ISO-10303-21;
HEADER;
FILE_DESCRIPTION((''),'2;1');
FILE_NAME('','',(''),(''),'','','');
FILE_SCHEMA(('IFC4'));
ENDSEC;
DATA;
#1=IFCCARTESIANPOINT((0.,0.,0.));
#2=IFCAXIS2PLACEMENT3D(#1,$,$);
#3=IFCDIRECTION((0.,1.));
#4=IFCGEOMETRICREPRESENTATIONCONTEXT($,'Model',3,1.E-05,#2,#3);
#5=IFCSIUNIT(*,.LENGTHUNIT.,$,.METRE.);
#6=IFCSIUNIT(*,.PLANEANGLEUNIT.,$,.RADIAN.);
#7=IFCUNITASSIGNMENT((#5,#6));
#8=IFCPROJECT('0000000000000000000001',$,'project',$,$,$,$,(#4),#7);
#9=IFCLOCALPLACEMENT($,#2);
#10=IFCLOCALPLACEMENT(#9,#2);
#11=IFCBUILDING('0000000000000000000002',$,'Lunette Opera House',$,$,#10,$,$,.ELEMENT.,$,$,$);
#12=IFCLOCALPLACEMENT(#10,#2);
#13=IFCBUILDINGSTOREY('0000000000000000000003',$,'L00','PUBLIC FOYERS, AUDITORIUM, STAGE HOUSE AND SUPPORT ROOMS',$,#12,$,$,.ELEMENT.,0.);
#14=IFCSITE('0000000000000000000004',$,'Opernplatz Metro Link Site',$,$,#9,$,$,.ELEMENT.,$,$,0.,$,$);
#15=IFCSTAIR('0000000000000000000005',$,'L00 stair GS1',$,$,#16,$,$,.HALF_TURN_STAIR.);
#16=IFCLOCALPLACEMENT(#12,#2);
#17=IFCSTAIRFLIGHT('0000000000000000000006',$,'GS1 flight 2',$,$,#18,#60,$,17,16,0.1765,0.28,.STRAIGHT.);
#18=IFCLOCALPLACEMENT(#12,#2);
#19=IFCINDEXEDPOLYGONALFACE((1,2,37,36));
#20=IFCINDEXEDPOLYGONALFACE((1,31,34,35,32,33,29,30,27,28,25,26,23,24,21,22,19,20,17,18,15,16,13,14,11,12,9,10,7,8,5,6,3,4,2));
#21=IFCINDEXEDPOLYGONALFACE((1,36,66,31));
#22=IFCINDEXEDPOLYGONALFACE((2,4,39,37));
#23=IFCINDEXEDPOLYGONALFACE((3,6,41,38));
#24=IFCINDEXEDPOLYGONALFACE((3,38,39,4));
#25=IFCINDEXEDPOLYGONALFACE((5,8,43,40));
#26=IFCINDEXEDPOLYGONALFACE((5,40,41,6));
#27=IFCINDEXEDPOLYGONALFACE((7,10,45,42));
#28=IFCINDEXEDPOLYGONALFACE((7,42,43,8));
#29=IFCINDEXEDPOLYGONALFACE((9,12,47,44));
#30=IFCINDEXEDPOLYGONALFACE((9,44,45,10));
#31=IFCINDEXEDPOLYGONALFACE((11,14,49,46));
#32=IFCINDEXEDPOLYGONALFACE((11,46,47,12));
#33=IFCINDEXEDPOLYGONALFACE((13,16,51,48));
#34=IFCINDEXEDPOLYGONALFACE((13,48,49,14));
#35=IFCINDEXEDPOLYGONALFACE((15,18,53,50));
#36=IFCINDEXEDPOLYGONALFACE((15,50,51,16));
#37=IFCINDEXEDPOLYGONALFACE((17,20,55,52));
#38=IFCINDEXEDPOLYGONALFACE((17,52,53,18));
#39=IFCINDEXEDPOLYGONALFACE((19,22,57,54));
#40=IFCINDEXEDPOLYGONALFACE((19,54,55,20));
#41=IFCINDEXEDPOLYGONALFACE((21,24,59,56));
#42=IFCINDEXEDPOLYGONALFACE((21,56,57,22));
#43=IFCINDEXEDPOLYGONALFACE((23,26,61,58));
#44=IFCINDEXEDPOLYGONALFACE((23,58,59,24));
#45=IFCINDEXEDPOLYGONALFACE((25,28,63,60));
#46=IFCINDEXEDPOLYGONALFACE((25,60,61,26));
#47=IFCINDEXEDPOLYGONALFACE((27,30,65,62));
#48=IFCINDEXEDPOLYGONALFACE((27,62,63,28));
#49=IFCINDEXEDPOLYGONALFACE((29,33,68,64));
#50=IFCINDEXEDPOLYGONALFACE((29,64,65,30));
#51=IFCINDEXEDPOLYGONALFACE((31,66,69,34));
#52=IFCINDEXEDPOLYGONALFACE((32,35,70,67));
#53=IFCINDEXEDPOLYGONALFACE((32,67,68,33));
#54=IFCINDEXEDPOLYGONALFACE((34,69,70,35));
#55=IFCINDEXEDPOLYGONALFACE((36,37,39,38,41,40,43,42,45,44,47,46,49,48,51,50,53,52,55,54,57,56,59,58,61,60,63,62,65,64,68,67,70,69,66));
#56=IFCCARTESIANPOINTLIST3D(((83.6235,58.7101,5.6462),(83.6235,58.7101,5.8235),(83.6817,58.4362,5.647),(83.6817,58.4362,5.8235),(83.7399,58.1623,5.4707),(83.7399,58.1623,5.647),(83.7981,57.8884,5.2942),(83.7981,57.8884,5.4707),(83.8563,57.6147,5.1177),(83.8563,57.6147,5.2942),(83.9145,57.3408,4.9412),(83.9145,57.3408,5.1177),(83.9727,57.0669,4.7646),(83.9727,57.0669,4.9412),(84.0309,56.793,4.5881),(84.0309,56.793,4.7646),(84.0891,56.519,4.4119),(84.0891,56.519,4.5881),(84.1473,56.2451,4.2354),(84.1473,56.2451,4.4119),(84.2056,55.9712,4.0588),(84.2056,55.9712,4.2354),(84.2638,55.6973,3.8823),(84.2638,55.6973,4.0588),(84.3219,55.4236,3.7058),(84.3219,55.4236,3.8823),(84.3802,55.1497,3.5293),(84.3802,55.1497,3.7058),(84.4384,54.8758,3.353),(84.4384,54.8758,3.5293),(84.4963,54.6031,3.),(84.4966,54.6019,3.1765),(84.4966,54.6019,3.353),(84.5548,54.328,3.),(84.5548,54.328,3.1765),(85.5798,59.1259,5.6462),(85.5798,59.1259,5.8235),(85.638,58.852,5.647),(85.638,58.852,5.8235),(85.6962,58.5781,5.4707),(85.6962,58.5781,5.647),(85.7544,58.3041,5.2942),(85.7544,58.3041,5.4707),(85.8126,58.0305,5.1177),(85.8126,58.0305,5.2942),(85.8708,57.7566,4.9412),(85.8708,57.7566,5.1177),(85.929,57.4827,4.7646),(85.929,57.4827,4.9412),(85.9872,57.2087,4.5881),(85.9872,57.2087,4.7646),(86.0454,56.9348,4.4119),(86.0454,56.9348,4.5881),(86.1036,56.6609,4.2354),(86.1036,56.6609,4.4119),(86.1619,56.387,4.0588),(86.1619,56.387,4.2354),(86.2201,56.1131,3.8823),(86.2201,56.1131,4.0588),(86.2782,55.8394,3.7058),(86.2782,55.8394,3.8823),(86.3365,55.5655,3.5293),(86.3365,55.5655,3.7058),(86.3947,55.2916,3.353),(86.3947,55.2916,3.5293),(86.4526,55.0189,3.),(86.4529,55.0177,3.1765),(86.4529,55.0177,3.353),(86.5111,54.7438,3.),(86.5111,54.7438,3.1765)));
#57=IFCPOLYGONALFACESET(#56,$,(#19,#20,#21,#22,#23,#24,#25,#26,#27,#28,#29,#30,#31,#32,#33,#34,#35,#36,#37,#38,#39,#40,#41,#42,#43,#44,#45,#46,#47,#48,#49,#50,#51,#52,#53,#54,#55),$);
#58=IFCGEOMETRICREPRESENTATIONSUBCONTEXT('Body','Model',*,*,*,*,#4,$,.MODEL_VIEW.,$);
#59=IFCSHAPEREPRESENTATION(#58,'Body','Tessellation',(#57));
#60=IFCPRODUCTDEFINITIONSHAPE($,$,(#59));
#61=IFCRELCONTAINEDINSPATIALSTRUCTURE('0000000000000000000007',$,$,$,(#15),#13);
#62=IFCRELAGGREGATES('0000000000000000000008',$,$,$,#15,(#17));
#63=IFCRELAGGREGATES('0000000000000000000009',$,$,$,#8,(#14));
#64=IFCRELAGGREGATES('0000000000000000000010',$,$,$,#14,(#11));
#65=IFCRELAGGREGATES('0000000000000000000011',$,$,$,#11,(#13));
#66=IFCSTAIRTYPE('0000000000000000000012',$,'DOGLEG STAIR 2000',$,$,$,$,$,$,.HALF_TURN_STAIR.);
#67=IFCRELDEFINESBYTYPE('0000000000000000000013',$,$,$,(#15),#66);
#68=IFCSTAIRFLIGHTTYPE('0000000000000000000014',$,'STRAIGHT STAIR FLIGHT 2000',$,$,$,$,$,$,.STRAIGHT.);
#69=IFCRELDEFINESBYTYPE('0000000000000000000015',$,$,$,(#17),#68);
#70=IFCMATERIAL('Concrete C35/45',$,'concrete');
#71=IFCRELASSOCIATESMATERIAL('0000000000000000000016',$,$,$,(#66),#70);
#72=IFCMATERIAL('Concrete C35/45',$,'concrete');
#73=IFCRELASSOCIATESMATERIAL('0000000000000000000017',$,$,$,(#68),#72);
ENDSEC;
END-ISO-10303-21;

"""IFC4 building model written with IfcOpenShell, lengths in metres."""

from ifc_helpers import new_model, si_unit, direction, frame, origin, place, context, subcontext, project, spatial, polyline, outline, extrude, material, type_object, element, aggregate, save


model = new_model("IFC4")

# Units and contexts
model_context = context("Model", 3, precision=1e-05, world=origin(), true_north=direction((0.0, 1.0)))
body_context = subcontext(model_context, "Body", "Model", "MODEL_VIEW")
ifc_project = project(units=[si_unit("LENGTHUNIT", "METRE"), si_unit("PLANEANGLEUNIT", "RADIAN")], contexts=[model_context])

# Site, building, storey
site_placement = place(None, origin())
site = spatial("IfcSite", under=ifc_project, at=site_placement, Name="Opernplatz Metro Link Site", CompositionType="ELEMENT", RefElevation=0.0)
building_placement = place(site_placement, origin())
building = spatial("IfcBuilding", under=site, at=building_placement, Name="Lunette Opera House", CompositionType="ELEMENT")
storey_placement = place(building_placement, origin())
storey = spatial("IfcBuildingStorey", under=building, at=storey_placement, Name="L00", Description="PUBLIC FOYERS, AUDITORIUM, STAGE HOUSE AND SUPPORT ROOMS", CompositionType="ELEMENT", Elevation=0.0)

# Stair, stair flight
ifc_material_1 = material(Name="Concrete C35/45", Category="concrete")
stair_type = type_object("IfcStairType", Name="DOGLEG STAIR 2000", PredefinedType="HALF_TURN_STAIR", material=ifc_material_1)
stair_placement = place(storey_placement, origin())
stair = element("IfcStair", 1, at=stair_placement, inside=storey, type_object=stair_type, Name="L00 stair GS1", PredefinedType="HALF_TURN_STAIR")
ifc_material_2 = material(Name="Concrete C35/45", Category="concrete")
stair_flight_type = type_object("IfcStairFlightType", Name="STRAIGHT STAIR FLIGHT 2000", PredefinedType="STRAIGHT", material=ifc_material_2)
stair_flight_placement = place(storey_placement, frame((85.533, 54.5359, 3.0), z_axis=(0.0, 0.0, 1.0), x_axis=(-0.207893, 0.978152, 0.0)))
stair_flight = element("IfcStairFlight", 2, at=stair_flight_placement, type_object=stair_flight_type, Name="GS1 flight 2", NumberOfRisers=17, NumberOfTreads=16, PredefinedType="STRAIGHT", RiserHeight=0.1765, TreadLength=0.28, context=body_context, shape_type="SweptSolid", body=[
    extrude(outline(polyline([(0.0, 0.0), (0.0, 0.1765), (0.28, 0.1765), (0.28, 0.353), (0.5601, 0.353), (0.5601, 0.5293), (0.8401, 0.5293), (0.8401, 0.7058), (1.1201, 0.7058), (1.1201, 0.8823), (1.3999, 0.8823), (1.3999, 1.0588), (1.6799, 1.0588), (1.6799, 1.2354), (1.96, 1.2354), (1.96, 1.4119), (2.24, 1.4119), (2.24, 1.5881), (2.52, 1.5881), (2.52, 1.7646), (2.8, 1.7646), (2.8, 1.9412), (3.0801, 1.9412), (3.0801, 2.1177), (3.3601, 2.1177), (3.3601, 2.2942), (3.6399, 2.2942), (3.6399, 2.4707), (3.9199, 2.4707), (3.9199, 2.647), (4.2, 2.647), (4.2, 2.8235), (4.48, 2.8235), (4.48, 3.0), (4.48, 2.6462), (0.2812, 0.0), (0.0, 0.0)])), frame((0.0, 1.0, 0.0), z_axis=(0.0, -1.0, 0.0), x_axis=(1.0, 0.0, 0.0)), (0.0, 0.0, 1.0), 2.0),
])
aggregate(stair, [stair_flight])

save(model, "model.ifc")
